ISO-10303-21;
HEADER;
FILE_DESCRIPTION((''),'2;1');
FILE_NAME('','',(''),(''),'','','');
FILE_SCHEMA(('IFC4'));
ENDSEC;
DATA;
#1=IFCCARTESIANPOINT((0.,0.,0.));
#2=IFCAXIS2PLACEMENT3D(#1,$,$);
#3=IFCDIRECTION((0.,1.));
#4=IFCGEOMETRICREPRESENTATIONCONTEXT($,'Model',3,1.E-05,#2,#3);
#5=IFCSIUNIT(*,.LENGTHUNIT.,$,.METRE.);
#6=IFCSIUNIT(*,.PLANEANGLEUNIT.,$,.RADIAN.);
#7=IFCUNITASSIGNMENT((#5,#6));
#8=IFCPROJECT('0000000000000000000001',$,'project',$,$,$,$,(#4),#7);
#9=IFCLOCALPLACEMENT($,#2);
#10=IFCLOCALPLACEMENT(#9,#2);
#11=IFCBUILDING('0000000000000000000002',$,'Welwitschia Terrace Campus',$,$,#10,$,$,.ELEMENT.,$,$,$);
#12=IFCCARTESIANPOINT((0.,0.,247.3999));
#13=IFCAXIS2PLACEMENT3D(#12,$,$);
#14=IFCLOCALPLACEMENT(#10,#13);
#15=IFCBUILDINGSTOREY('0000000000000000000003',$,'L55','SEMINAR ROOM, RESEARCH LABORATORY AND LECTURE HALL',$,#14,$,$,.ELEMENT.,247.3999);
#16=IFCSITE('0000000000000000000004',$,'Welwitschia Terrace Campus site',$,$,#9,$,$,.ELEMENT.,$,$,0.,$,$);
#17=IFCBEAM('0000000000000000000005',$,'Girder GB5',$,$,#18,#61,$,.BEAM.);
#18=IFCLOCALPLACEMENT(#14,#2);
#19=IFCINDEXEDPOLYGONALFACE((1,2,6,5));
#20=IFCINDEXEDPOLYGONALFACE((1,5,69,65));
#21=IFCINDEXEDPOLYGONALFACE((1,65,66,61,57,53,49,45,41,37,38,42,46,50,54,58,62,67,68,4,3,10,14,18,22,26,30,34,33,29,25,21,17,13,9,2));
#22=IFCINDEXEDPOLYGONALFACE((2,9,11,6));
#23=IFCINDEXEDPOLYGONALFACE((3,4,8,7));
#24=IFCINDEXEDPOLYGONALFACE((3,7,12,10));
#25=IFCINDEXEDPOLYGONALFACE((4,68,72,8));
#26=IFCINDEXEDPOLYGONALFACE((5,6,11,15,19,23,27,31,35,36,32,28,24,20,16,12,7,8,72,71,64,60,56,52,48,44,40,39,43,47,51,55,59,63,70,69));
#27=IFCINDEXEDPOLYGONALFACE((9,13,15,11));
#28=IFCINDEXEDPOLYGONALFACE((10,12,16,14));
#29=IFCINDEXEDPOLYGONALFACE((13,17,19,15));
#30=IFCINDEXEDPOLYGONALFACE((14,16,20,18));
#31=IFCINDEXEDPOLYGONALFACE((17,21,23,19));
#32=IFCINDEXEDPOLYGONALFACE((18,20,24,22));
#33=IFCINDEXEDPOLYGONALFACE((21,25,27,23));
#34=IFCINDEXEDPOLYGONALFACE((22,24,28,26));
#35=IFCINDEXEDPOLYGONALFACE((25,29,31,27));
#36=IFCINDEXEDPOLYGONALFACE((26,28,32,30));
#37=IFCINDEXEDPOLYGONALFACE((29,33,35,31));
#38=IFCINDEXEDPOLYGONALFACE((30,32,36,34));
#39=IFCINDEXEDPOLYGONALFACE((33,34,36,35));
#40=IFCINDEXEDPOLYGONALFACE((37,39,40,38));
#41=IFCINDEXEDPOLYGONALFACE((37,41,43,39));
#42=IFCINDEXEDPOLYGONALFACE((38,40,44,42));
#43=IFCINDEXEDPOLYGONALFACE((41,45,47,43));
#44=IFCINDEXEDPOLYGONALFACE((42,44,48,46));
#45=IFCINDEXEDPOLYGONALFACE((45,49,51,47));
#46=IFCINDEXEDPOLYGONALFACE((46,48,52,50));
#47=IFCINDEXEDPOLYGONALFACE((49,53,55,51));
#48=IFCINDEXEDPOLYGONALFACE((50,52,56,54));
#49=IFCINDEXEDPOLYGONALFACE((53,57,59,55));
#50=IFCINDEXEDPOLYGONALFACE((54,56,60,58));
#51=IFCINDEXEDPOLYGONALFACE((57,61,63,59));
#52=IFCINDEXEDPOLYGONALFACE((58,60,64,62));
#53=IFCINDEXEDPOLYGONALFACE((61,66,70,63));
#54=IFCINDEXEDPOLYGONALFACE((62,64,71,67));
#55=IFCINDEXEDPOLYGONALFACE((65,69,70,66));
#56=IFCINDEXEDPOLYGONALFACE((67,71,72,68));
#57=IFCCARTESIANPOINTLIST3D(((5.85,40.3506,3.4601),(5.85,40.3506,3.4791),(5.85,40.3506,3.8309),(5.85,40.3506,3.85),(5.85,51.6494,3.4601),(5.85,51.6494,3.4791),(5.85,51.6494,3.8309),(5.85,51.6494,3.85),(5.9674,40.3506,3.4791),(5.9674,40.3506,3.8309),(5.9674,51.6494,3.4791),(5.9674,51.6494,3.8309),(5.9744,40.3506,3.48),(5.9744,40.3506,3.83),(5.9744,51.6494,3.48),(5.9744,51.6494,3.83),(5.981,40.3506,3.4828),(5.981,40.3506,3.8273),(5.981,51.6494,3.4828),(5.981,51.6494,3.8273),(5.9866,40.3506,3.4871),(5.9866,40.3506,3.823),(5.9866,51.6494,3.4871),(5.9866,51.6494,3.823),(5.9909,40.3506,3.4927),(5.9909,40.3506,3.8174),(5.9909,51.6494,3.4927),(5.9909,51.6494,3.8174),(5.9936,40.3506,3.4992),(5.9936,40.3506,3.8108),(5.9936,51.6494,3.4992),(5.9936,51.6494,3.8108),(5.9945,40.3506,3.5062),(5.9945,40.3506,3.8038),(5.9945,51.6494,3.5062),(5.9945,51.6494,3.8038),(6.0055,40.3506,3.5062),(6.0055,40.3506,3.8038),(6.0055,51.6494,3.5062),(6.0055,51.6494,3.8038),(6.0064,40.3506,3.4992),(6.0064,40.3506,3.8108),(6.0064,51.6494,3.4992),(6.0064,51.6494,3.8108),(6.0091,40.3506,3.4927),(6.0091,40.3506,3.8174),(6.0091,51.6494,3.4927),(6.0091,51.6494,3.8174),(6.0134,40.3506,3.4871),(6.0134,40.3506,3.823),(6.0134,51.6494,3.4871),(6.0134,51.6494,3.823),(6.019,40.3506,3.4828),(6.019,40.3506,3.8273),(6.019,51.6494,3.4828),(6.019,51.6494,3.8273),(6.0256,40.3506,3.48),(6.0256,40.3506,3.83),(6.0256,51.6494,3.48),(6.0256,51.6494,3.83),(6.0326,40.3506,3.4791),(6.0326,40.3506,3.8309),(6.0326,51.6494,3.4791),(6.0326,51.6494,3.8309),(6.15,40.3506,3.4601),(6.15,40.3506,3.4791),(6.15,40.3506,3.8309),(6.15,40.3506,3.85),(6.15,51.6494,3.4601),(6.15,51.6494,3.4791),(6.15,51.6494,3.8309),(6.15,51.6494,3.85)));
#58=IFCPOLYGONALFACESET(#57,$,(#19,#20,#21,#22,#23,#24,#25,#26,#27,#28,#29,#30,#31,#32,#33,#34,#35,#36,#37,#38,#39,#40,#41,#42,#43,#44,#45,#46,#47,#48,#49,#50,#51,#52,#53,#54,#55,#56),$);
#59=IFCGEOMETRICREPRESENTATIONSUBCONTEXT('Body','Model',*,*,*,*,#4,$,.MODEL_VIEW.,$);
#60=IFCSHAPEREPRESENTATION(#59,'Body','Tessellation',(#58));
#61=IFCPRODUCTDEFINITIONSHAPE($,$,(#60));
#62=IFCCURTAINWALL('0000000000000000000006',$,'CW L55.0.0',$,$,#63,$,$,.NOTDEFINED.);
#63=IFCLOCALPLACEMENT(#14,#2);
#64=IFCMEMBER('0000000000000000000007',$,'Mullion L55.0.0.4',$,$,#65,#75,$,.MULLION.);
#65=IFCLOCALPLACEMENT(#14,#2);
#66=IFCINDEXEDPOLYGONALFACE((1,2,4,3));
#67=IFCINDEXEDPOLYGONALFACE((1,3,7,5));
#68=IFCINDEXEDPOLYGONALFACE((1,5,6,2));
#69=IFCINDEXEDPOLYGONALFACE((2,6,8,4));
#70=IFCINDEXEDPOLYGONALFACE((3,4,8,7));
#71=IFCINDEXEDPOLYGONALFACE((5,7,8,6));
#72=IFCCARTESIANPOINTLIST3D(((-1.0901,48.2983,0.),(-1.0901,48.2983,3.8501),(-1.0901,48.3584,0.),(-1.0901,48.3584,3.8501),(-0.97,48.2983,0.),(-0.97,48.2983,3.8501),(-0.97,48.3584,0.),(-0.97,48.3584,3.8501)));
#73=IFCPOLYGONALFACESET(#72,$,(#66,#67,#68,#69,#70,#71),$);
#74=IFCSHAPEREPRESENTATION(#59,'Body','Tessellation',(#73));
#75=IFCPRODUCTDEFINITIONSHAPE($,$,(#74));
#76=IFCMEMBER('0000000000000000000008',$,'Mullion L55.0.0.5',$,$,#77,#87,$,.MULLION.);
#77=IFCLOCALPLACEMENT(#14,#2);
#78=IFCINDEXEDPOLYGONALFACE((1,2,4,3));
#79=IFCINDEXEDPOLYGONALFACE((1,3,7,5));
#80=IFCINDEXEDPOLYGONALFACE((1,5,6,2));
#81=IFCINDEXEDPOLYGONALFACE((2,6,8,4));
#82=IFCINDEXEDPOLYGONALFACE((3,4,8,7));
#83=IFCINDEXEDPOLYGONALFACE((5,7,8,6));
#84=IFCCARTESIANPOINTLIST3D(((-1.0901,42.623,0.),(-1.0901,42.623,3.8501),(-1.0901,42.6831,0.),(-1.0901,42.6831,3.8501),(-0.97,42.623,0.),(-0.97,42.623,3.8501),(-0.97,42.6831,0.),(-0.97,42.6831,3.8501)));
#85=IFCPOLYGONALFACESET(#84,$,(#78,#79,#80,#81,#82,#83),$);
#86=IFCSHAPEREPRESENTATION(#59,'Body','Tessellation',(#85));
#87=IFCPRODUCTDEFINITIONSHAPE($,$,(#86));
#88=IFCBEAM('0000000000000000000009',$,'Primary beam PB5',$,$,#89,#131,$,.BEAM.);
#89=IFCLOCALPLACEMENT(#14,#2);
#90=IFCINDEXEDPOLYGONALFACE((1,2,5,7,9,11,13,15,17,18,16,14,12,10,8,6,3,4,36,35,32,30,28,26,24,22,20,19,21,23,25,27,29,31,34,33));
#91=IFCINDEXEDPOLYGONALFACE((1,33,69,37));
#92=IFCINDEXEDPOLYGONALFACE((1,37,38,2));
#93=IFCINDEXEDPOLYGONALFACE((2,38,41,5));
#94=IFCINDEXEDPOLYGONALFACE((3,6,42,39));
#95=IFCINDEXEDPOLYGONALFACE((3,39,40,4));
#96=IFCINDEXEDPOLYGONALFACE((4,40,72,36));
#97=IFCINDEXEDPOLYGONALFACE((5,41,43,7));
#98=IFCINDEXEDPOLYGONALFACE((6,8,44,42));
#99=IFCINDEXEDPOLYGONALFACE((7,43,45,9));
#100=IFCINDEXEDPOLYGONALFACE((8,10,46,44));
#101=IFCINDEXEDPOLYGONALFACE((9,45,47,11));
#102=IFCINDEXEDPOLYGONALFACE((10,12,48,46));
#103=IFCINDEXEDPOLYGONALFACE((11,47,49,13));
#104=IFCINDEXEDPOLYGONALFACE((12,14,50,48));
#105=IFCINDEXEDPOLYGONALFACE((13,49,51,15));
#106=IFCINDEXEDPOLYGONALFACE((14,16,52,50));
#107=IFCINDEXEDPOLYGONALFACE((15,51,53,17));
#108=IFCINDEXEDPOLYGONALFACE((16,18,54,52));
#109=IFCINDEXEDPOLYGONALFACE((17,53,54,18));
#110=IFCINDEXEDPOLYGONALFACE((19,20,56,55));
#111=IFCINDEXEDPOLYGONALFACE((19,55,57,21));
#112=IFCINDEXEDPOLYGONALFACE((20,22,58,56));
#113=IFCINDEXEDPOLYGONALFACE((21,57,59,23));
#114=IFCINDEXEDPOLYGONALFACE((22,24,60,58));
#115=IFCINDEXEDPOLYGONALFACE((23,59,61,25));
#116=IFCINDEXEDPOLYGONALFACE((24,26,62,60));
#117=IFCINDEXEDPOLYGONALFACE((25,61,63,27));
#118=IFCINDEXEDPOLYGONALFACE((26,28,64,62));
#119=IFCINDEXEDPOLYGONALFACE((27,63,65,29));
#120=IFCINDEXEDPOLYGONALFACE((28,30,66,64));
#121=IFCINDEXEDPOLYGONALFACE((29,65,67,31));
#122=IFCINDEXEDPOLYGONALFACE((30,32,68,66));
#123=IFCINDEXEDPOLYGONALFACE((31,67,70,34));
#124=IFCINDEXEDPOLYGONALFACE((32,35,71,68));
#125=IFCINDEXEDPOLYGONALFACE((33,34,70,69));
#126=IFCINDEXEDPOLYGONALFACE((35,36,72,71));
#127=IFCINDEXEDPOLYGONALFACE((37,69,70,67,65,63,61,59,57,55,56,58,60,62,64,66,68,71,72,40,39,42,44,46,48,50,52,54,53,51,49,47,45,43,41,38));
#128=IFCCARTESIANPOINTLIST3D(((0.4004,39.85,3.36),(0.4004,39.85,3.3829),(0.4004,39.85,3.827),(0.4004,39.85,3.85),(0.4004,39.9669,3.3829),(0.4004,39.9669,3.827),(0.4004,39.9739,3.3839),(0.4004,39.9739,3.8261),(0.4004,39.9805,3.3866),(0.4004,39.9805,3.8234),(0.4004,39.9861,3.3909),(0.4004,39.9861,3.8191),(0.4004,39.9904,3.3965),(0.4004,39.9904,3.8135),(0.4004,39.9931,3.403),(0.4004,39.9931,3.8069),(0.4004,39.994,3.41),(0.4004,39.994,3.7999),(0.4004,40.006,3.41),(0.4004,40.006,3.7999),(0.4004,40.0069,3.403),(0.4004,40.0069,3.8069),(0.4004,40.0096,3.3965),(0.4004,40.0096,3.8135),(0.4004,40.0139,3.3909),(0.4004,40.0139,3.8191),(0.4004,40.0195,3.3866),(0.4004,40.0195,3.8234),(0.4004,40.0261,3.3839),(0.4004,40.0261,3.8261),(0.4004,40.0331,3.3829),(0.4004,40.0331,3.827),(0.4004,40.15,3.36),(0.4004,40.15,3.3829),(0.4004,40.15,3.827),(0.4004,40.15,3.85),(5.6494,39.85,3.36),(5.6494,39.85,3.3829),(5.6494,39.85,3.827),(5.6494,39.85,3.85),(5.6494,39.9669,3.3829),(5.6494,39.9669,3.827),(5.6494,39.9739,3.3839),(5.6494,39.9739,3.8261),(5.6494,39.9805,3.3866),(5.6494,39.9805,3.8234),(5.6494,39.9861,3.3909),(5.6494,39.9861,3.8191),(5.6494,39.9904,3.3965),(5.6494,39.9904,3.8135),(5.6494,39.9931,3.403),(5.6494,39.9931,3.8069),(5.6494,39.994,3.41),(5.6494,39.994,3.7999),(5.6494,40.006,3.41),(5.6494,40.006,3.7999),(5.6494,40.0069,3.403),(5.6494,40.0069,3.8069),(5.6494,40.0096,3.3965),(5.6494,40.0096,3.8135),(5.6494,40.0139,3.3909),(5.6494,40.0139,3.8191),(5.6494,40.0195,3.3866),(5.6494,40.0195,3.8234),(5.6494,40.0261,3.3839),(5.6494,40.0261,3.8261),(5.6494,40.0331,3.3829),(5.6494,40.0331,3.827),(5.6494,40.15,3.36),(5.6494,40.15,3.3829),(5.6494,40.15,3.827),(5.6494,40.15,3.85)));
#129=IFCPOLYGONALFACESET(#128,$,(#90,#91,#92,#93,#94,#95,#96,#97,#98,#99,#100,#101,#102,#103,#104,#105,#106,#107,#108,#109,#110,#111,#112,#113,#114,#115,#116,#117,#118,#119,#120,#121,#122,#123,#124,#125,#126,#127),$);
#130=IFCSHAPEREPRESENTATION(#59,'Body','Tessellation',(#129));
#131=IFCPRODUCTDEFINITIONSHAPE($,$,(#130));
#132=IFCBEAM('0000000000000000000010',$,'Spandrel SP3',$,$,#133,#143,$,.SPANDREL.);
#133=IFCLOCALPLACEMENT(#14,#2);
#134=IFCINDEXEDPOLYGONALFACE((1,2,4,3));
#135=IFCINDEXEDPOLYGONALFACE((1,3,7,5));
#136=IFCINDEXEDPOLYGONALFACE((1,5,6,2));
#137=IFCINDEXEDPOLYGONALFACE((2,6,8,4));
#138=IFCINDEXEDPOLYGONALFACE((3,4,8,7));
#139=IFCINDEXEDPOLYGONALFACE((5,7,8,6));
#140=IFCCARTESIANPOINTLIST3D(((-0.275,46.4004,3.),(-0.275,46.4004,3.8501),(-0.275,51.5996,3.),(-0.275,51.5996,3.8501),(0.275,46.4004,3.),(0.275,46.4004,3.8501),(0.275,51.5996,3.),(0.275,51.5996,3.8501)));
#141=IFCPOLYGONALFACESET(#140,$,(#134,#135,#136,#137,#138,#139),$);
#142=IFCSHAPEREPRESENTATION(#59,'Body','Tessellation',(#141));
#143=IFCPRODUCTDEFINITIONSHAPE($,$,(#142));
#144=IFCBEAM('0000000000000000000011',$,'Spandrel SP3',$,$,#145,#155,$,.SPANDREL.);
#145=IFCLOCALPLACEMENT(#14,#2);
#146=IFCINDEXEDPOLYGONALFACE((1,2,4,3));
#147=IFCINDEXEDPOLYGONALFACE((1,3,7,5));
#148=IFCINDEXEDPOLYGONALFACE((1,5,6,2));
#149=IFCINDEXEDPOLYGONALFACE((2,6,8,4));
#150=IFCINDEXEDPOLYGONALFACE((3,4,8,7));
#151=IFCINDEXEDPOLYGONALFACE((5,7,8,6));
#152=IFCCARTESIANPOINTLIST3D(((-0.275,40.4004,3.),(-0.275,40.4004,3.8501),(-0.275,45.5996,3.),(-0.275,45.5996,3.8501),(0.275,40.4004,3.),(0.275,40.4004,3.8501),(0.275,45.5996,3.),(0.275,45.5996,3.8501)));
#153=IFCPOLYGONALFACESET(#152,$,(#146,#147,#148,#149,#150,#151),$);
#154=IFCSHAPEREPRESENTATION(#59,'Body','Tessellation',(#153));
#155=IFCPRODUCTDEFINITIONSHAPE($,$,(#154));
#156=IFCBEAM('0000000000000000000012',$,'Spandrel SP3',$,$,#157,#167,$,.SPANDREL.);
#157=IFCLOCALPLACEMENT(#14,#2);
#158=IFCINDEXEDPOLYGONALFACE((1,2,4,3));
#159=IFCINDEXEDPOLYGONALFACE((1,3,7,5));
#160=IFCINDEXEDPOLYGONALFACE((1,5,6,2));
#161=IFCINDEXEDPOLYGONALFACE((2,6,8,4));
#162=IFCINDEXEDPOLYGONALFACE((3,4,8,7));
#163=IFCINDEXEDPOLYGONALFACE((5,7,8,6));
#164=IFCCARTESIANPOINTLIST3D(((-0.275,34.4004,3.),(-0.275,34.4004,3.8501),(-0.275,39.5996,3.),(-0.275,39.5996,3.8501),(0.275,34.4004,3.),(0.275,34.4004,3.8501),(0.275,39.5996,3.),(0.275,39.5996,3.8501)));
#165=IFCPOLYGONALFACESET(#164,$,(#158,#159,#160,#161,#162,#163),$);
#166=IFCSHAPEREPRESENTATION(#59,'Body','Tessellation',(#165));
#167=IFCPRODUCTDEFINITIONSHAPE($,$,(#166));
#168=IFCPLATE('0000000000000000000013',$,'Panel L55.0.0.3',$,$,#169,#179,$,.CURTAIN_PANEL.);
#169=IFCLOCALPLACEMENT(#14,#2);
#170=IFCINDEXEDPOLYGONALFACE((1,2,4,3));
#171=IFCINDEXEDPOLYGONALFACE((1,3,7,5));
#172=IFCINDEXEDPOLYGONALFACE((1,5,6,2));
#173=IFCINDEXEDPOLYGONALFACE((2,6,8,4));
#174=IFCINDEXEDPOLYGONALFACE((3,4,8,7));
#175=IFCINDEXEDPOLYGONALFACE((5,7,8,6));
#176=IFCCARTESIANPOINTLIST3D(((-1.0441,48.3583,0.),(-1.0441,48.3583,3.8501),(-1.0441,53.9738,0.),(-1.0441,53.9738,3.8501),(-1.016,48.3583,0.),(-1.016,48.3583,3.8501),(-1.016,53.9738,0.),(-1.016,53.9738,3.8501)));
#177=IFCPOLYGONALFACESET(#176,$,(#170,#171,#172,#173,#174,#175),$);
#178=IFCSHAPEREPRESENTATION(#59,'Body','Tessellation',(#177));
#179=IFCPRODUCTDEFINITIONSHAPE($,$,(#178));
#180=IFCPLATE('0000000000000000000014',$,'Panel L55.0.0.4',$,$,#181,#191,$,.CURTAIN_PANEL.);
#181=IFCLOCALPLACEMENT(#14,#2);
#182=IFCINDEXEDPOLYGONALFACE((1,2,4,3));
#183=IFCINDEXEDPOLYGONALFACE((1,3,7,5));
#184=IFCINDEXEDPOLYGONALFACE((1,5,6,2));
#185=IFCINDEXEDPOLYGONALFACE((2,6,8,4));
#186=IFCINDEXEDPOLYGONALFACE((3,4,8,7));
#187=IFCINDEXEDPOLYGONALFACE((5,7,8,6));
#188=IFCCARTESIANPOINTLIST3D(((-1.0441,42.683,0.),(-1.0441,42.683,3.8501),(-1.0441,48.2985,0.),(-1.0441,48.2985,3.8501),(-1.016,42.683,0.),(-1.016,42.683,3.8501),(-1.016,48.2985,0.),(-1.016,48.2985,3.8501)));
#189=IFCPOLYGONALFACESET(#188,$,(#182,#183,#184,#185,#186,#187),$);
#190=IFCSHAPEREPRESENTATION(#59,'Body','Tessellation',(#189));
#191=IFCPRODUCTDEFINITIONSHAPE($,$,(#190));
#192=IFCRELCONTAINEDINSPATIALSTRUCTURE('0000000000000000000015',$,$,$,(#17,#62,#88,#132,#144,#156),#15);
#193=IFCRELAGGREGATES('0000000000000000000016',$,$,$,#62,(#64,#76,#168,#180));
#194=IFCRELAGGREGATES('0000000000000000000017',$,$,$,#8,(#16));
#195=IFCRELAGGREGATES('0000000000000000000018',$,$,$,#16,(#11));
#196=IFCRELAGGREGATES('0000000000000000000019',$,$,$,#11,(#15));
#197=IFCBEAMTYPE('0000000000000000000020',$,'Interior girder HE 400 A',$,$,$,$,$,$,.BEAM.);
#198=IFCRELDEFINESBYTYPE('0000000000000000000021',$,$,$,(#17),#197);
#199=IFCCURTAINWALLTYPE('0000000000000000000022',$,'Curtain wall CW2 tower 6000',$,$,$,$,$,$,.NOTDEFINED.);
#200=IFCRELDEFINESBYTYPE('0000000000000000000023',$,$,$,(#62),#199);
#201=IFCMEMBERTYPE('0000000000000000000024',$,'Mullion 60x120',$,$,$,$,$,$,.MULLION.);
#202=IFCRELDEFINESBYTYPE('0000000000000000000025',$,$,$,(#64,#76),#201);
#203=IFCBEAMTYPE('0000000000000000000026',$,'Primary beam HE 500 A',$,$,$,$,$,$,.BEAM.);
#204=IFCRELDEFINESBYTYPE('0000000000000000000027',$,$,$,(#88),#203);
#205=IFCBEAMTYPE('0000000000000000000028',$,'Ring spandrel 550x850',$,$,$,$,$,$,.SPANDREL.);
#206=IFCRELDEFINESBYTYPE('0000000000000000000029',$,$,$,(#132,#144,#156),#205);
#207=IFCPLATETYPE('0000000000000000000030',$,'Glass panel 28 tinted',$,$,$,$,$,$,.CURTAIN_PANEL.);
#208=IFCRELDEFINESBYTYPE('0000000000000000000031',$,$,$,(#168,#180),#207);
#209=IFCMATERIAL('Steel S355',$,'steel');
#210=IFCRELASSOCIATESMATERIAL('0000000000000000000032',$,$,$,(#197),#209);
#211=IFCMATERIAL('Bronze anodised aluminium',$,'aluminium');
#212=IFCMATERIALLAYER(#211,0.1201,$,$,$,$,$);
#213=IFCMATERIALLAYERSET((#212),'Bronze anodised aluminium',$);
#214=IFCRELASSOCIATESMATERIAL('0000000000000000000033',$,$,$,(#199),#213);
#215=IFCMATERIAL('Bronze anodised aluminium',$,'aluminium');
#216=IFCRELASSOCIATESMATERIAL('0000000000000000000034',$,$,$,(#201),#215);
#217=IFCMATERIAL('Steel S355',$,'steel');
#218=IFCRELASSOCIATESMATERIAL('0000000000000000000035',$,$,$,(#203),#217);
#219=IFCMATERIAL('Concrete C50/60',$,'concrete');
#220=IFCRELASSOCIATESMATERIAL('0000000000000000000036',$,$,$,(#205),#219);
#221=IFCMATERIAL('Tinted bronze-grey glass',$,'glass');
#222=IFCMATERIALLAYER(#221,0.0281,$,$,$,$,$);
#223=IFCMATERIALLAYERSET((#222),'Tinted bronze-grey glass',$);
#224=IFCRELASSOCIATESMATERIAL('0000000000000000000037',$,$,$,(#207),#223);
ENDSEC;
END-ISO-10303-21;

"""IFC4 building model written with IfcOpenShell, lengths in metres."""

from ifc_helpers import new_model, si_unit, direction, frame, origin, origin_2d, place, context, subcontext, project, spatial, rectangle, i_section, extrude, material, layer, layer_set, material_profile, profile_set, type_object, element, aggregate, save


model = new_model("IFC4")

# Units and contexts
model_context = context("Model", 3, precision=1e-05, world=origin(), true_north=direction((0.0, 1.0)))
body_context = subcontext(model_context, "Body", "Model", "MODEL_VIEW")
ifc_project = project(units=[si_unit("LENGTHUNIT", "METRE"), si_unit("PLANEANGLEUNIT", "RADIAN")], contexts=[model_context])

# Site, building, storey
site_placement = place(None, origin())
site = spatial("IfcSite", under=ifc_project, at=site_placement, Name="Welwitschia Terrace Campus site", CompositionType="ELEMENT", RefElevation=0.0)
building_placement = place(site_placement, origin())
building = spatial("IfcBuilding", under=site, at=building_placement, Name="Welwitschia Terrace Campus", CompositionType="ELEMENT")
storey_placement = place(building_placement, frame((0.0, 0.0, 247.3999)))
storey = spatial("IfcBuildingStorey", under=building, at=storey_placement, Name="L55", Description="SEMINAR ROOM, RESEARCH LABORATORY AND LECTURE HALL", CompositionType="ELEMENT", Elevation=247.3999)

# Beam
ifc_material_1 = material(Name="Steel S355", Category="steel")
ifc_material_profile_1 = material_profile(ifc_material_1, i_section(OverallWidth=0.3, OverallDepth=0.3899, WebThickness=0.011, FlangeThickness=0.019, FilletRadius=0.0271, at=origin_2d()))
ifc_profile_set_1 = profile_set([ifc_material_profile_1], Name="Steel S355")
beam_type_1 = type_object("IfcBeamType", Name="Interior girder HE 400 A", PredefinedType="BEAM", material=ifc_profile_set_1)
beam_1_placement = place(storey_placement, frame((6.0, 40.3506, 3.655), z_axis=(0.0, 1.0, 0.0), x_axis=(-1.0, 0.0, 0.0)))
element("IfcBeam", 1, at=beam_1_placement, inside=storey, type_object=beam_type_1, Name="Girder GB5", PredefinedType="BEAM", context=body_context, shape_type="SweptSolid", body=[
    extrude(i_section(OverallWidth=0.3, OverallDepth=0.3899, WebThickness=0.011, FlangeThickness=0.019, FilletRadius=0.0271, at=origin_2d()), origin(), (0.0, 0.0, 1.0), 11.2988),
])

# Curtain wall, members
ifc_material_2 = material(Name="Bronze anodised aluminium", Category="aluminium")
ifc_layer_1 = layer(ifc_material_2, 0.1201)
ifc_layer_set_1 = layer_set([ifc_layer_1], Name="Bronze anodised aluminium")
curtain_wall_type = type_object("IfcCurtainWallType", Name="Curtain wall CW2 tower 6000", PredefinedType="NOTDEFINED", material=ifc_layer_set_1)
curtain_wall_placement = place(storey_placement, origin())
curtain_wall = element("IfcCurtainWall", 2, at=curtain_wall_placement, inside=storey, type_object=curtain_wall_type, Name="CW L55.0.0", PredefinedType="NOTDEFINED")
ifc_material_3 = material(Name="Bronze anodised aluminium", Category="aluminium")
ifc_material_profile_2 = material_profile(ifc_material_3, rectangle(XDim=0.1201, YDim=0.0601, at=origin_2d()))
ifc_profile_set_2 = profile_set([ifc_material_profile_2], Name="Bronze anodised aluminium")
member_type = type_object("IfcMemberType", Name="Mullion 60x120", PredefinedType="MULLION", material=ifc_profile_set_2)
member_1_placement = place(storey_placement, frame((-1.03, 48.3284, 0.0), z_axis=(0.0, 0.0, 1.0), x_axis=(1.0, 0.0, 0.0)))
member_1 = element("IfcMember", 3, at=member_1_placement, type_object=member_type, Name="Mullion L55.0.0.4", PredefinedType="MULLION", context=body_context, shape_type="SweptSolid", body=[
    extrude(rectangle(XDim=0.1201, YDim=0.0601, at=origin_2d()), origin(), (0.0, 0.0, 1.0), 3.8501),
])
member_2_placement = place(storey_placement, frame((-1.03, 42.6531, 0.0), z_axis=(0.0, 0.0, 1.0), x_axis=(1.0, 0.0, 0.0)))
member_2 = element("IfcMember", 4, at=member_2_placement, type_object=member_type, Name="Mullion L55.0.0.5", PredefinedType="MULLION", context=body_context, shape_type="SweptSolid", body=[
    extrude(rectangle(XDim=0.1201, YDim=0.0601, at=origin_2d()), origin(), (0.0, 0.0, 1.0), 3.8501),
])

# Beams
ifc_material_4 = material(Name="Steel S355", Category="steel")
ifc_material_profile_3 = material_profile(ifc_material_4, i_section(OverallWidth=0.3, OverallDepth=0.49, WebThickness=0.012, FlangeThickness=0.0229, FilletRadius=0.0271, at=origin_2d()))
ifc_profile_set_3 = profile_set([ifc_material_profile_3], Name="Steel S355")
beam_type_2 = type_object("IfcBeamType", Name="Primary beam HE 500 A", PredefinedType="BEAM", material=ifc_profile_set_3)
beam_2_placement = place(storey_placement, frame((0.4004, 40.0, 3.605), z_axis=(1.0, 0.0, 0.0), x_axis=(0.0, 1.0, 0.0)))
element("IfcBeam", 5, at=beam_2_placement, inside=storey, type_object=beam_type_2, Name="Primary beam PB5", PredefinedType="BEAM", context=body_context, shape_type="SweptSolid", body=[
    extrude(i_section(OverallWidth=0.3, OverallDepth=0.49, WebThickness=0.012, FlangeThickness=0.0229, FilletRadius=0.0271, at=origin_2d()), origin(), (0.0, 0.0, 1.0), 5.249),
])
ifc_material_5 = material(Name="Concrete C50/60", Category="concrete")
ifc_material_profile_4 = material_profile(ifc_material_5, rectangle(XDim=0.55, YDim=0.8501, at=origin_2d()))
ifc_profile_set_4 = profile_set([ifc_material_profile_4], Name="Concrete C50/60")
beam_type_3 = type_object("IfcBeamType", Name="Ring spandrel 550x850", PredefinedType="SPANDREL", material=ifc_profile_set_4)
for number, where, z_axis, x_axis, name in (
    (6, (0.0, 51.5996, 3.425), (0.0, -1.0, 0.0), (1.0, 0.0, 0.0), "Spandrel SP3"),
    (7, (0.0, 45.5996, 3.425), (0.0, -1.0, 0.0), (1.0, 0.0, 0.0), "Spandrel SP3"),
    (8, (0.0, 39.5996, 3.425), (0.0, -1.0, 0.0), (1.0, 0.0, 0.0), "Spandrel SP3"),
):
    element("IfcBeam", number, at=place(storey_placement, frame(where, z_axis=z_axis, x_axis=x_axis)), inside=storey, type_object=beam_type_3, Name=name, PredefinedType="SPANDREL", context=body_context, shape_type="SweptSolid", body=[
        extrude(rectangle(XDim=0.55, YDim=0.8501, at=origin_2d()), origin(), (0.0, 0.0, 1.0), 5.1992),
    ])

# Plates
ifc_material_6 = material(Name="Tinted bronze-grey glass", Category="glass")
ifc_layer_2 = layer(ifc_material_6, 0.0281)
ifc_layer_set_2 = layer_set([ifc_layer_2], Name="Tinted bronze-grey glass")
plate_type = type_object("IfcPlateType", Name="Glass panel 28 tinted", PredefinedType="CURTAIN_PANEL", material=ifc_layer_set_2)
plate_1_placement = place(storey_placement, frame((-1.03, 51.166, 0.0), z_axis=(0.0, 0.0, 1.0), x_axis=(0.0, -1.0, 0.0)))
plate_1 = element("IfcPlate", 9, at=plate_1_placement, type_object=plate_type, Name="Panel L55.0.0.3", PredefinedType="CURTAIN_PANEL", context=body_context, shape_type="SweptSolid", body=[
    extrude(rectangle(XDim=5.6155, YDim=0.0281, at=origin_2d()), origin(), (0.0, 0.0, 1.0), 3.8501),
])
plate_2_placement = place(storey_placement, frame((-1.03, 45.4907, 0.0), z_axis=(0.0, 0.0, 1.0), x_axis=(0.0, -1.0, 0.0)))
plate_2 = element("IfcPlate", 10, at=plate_2_placement, type_object=plate_type, Name="Panel L55.0.0.4", PredefinedType="CURTAIN_PANEL", context=body_context, shape_type="SweptSolid", body=[
    extrude(rectangle(XDim=5.6155, YDim=0.0281, at=origin_2d()), origin(), (0.0, 0.0, 1.0), 3.8501),
])
aggregate(curtain_wall, [member_1, member_2, plate_1, plate_2])

save(model, "model.ifc")
